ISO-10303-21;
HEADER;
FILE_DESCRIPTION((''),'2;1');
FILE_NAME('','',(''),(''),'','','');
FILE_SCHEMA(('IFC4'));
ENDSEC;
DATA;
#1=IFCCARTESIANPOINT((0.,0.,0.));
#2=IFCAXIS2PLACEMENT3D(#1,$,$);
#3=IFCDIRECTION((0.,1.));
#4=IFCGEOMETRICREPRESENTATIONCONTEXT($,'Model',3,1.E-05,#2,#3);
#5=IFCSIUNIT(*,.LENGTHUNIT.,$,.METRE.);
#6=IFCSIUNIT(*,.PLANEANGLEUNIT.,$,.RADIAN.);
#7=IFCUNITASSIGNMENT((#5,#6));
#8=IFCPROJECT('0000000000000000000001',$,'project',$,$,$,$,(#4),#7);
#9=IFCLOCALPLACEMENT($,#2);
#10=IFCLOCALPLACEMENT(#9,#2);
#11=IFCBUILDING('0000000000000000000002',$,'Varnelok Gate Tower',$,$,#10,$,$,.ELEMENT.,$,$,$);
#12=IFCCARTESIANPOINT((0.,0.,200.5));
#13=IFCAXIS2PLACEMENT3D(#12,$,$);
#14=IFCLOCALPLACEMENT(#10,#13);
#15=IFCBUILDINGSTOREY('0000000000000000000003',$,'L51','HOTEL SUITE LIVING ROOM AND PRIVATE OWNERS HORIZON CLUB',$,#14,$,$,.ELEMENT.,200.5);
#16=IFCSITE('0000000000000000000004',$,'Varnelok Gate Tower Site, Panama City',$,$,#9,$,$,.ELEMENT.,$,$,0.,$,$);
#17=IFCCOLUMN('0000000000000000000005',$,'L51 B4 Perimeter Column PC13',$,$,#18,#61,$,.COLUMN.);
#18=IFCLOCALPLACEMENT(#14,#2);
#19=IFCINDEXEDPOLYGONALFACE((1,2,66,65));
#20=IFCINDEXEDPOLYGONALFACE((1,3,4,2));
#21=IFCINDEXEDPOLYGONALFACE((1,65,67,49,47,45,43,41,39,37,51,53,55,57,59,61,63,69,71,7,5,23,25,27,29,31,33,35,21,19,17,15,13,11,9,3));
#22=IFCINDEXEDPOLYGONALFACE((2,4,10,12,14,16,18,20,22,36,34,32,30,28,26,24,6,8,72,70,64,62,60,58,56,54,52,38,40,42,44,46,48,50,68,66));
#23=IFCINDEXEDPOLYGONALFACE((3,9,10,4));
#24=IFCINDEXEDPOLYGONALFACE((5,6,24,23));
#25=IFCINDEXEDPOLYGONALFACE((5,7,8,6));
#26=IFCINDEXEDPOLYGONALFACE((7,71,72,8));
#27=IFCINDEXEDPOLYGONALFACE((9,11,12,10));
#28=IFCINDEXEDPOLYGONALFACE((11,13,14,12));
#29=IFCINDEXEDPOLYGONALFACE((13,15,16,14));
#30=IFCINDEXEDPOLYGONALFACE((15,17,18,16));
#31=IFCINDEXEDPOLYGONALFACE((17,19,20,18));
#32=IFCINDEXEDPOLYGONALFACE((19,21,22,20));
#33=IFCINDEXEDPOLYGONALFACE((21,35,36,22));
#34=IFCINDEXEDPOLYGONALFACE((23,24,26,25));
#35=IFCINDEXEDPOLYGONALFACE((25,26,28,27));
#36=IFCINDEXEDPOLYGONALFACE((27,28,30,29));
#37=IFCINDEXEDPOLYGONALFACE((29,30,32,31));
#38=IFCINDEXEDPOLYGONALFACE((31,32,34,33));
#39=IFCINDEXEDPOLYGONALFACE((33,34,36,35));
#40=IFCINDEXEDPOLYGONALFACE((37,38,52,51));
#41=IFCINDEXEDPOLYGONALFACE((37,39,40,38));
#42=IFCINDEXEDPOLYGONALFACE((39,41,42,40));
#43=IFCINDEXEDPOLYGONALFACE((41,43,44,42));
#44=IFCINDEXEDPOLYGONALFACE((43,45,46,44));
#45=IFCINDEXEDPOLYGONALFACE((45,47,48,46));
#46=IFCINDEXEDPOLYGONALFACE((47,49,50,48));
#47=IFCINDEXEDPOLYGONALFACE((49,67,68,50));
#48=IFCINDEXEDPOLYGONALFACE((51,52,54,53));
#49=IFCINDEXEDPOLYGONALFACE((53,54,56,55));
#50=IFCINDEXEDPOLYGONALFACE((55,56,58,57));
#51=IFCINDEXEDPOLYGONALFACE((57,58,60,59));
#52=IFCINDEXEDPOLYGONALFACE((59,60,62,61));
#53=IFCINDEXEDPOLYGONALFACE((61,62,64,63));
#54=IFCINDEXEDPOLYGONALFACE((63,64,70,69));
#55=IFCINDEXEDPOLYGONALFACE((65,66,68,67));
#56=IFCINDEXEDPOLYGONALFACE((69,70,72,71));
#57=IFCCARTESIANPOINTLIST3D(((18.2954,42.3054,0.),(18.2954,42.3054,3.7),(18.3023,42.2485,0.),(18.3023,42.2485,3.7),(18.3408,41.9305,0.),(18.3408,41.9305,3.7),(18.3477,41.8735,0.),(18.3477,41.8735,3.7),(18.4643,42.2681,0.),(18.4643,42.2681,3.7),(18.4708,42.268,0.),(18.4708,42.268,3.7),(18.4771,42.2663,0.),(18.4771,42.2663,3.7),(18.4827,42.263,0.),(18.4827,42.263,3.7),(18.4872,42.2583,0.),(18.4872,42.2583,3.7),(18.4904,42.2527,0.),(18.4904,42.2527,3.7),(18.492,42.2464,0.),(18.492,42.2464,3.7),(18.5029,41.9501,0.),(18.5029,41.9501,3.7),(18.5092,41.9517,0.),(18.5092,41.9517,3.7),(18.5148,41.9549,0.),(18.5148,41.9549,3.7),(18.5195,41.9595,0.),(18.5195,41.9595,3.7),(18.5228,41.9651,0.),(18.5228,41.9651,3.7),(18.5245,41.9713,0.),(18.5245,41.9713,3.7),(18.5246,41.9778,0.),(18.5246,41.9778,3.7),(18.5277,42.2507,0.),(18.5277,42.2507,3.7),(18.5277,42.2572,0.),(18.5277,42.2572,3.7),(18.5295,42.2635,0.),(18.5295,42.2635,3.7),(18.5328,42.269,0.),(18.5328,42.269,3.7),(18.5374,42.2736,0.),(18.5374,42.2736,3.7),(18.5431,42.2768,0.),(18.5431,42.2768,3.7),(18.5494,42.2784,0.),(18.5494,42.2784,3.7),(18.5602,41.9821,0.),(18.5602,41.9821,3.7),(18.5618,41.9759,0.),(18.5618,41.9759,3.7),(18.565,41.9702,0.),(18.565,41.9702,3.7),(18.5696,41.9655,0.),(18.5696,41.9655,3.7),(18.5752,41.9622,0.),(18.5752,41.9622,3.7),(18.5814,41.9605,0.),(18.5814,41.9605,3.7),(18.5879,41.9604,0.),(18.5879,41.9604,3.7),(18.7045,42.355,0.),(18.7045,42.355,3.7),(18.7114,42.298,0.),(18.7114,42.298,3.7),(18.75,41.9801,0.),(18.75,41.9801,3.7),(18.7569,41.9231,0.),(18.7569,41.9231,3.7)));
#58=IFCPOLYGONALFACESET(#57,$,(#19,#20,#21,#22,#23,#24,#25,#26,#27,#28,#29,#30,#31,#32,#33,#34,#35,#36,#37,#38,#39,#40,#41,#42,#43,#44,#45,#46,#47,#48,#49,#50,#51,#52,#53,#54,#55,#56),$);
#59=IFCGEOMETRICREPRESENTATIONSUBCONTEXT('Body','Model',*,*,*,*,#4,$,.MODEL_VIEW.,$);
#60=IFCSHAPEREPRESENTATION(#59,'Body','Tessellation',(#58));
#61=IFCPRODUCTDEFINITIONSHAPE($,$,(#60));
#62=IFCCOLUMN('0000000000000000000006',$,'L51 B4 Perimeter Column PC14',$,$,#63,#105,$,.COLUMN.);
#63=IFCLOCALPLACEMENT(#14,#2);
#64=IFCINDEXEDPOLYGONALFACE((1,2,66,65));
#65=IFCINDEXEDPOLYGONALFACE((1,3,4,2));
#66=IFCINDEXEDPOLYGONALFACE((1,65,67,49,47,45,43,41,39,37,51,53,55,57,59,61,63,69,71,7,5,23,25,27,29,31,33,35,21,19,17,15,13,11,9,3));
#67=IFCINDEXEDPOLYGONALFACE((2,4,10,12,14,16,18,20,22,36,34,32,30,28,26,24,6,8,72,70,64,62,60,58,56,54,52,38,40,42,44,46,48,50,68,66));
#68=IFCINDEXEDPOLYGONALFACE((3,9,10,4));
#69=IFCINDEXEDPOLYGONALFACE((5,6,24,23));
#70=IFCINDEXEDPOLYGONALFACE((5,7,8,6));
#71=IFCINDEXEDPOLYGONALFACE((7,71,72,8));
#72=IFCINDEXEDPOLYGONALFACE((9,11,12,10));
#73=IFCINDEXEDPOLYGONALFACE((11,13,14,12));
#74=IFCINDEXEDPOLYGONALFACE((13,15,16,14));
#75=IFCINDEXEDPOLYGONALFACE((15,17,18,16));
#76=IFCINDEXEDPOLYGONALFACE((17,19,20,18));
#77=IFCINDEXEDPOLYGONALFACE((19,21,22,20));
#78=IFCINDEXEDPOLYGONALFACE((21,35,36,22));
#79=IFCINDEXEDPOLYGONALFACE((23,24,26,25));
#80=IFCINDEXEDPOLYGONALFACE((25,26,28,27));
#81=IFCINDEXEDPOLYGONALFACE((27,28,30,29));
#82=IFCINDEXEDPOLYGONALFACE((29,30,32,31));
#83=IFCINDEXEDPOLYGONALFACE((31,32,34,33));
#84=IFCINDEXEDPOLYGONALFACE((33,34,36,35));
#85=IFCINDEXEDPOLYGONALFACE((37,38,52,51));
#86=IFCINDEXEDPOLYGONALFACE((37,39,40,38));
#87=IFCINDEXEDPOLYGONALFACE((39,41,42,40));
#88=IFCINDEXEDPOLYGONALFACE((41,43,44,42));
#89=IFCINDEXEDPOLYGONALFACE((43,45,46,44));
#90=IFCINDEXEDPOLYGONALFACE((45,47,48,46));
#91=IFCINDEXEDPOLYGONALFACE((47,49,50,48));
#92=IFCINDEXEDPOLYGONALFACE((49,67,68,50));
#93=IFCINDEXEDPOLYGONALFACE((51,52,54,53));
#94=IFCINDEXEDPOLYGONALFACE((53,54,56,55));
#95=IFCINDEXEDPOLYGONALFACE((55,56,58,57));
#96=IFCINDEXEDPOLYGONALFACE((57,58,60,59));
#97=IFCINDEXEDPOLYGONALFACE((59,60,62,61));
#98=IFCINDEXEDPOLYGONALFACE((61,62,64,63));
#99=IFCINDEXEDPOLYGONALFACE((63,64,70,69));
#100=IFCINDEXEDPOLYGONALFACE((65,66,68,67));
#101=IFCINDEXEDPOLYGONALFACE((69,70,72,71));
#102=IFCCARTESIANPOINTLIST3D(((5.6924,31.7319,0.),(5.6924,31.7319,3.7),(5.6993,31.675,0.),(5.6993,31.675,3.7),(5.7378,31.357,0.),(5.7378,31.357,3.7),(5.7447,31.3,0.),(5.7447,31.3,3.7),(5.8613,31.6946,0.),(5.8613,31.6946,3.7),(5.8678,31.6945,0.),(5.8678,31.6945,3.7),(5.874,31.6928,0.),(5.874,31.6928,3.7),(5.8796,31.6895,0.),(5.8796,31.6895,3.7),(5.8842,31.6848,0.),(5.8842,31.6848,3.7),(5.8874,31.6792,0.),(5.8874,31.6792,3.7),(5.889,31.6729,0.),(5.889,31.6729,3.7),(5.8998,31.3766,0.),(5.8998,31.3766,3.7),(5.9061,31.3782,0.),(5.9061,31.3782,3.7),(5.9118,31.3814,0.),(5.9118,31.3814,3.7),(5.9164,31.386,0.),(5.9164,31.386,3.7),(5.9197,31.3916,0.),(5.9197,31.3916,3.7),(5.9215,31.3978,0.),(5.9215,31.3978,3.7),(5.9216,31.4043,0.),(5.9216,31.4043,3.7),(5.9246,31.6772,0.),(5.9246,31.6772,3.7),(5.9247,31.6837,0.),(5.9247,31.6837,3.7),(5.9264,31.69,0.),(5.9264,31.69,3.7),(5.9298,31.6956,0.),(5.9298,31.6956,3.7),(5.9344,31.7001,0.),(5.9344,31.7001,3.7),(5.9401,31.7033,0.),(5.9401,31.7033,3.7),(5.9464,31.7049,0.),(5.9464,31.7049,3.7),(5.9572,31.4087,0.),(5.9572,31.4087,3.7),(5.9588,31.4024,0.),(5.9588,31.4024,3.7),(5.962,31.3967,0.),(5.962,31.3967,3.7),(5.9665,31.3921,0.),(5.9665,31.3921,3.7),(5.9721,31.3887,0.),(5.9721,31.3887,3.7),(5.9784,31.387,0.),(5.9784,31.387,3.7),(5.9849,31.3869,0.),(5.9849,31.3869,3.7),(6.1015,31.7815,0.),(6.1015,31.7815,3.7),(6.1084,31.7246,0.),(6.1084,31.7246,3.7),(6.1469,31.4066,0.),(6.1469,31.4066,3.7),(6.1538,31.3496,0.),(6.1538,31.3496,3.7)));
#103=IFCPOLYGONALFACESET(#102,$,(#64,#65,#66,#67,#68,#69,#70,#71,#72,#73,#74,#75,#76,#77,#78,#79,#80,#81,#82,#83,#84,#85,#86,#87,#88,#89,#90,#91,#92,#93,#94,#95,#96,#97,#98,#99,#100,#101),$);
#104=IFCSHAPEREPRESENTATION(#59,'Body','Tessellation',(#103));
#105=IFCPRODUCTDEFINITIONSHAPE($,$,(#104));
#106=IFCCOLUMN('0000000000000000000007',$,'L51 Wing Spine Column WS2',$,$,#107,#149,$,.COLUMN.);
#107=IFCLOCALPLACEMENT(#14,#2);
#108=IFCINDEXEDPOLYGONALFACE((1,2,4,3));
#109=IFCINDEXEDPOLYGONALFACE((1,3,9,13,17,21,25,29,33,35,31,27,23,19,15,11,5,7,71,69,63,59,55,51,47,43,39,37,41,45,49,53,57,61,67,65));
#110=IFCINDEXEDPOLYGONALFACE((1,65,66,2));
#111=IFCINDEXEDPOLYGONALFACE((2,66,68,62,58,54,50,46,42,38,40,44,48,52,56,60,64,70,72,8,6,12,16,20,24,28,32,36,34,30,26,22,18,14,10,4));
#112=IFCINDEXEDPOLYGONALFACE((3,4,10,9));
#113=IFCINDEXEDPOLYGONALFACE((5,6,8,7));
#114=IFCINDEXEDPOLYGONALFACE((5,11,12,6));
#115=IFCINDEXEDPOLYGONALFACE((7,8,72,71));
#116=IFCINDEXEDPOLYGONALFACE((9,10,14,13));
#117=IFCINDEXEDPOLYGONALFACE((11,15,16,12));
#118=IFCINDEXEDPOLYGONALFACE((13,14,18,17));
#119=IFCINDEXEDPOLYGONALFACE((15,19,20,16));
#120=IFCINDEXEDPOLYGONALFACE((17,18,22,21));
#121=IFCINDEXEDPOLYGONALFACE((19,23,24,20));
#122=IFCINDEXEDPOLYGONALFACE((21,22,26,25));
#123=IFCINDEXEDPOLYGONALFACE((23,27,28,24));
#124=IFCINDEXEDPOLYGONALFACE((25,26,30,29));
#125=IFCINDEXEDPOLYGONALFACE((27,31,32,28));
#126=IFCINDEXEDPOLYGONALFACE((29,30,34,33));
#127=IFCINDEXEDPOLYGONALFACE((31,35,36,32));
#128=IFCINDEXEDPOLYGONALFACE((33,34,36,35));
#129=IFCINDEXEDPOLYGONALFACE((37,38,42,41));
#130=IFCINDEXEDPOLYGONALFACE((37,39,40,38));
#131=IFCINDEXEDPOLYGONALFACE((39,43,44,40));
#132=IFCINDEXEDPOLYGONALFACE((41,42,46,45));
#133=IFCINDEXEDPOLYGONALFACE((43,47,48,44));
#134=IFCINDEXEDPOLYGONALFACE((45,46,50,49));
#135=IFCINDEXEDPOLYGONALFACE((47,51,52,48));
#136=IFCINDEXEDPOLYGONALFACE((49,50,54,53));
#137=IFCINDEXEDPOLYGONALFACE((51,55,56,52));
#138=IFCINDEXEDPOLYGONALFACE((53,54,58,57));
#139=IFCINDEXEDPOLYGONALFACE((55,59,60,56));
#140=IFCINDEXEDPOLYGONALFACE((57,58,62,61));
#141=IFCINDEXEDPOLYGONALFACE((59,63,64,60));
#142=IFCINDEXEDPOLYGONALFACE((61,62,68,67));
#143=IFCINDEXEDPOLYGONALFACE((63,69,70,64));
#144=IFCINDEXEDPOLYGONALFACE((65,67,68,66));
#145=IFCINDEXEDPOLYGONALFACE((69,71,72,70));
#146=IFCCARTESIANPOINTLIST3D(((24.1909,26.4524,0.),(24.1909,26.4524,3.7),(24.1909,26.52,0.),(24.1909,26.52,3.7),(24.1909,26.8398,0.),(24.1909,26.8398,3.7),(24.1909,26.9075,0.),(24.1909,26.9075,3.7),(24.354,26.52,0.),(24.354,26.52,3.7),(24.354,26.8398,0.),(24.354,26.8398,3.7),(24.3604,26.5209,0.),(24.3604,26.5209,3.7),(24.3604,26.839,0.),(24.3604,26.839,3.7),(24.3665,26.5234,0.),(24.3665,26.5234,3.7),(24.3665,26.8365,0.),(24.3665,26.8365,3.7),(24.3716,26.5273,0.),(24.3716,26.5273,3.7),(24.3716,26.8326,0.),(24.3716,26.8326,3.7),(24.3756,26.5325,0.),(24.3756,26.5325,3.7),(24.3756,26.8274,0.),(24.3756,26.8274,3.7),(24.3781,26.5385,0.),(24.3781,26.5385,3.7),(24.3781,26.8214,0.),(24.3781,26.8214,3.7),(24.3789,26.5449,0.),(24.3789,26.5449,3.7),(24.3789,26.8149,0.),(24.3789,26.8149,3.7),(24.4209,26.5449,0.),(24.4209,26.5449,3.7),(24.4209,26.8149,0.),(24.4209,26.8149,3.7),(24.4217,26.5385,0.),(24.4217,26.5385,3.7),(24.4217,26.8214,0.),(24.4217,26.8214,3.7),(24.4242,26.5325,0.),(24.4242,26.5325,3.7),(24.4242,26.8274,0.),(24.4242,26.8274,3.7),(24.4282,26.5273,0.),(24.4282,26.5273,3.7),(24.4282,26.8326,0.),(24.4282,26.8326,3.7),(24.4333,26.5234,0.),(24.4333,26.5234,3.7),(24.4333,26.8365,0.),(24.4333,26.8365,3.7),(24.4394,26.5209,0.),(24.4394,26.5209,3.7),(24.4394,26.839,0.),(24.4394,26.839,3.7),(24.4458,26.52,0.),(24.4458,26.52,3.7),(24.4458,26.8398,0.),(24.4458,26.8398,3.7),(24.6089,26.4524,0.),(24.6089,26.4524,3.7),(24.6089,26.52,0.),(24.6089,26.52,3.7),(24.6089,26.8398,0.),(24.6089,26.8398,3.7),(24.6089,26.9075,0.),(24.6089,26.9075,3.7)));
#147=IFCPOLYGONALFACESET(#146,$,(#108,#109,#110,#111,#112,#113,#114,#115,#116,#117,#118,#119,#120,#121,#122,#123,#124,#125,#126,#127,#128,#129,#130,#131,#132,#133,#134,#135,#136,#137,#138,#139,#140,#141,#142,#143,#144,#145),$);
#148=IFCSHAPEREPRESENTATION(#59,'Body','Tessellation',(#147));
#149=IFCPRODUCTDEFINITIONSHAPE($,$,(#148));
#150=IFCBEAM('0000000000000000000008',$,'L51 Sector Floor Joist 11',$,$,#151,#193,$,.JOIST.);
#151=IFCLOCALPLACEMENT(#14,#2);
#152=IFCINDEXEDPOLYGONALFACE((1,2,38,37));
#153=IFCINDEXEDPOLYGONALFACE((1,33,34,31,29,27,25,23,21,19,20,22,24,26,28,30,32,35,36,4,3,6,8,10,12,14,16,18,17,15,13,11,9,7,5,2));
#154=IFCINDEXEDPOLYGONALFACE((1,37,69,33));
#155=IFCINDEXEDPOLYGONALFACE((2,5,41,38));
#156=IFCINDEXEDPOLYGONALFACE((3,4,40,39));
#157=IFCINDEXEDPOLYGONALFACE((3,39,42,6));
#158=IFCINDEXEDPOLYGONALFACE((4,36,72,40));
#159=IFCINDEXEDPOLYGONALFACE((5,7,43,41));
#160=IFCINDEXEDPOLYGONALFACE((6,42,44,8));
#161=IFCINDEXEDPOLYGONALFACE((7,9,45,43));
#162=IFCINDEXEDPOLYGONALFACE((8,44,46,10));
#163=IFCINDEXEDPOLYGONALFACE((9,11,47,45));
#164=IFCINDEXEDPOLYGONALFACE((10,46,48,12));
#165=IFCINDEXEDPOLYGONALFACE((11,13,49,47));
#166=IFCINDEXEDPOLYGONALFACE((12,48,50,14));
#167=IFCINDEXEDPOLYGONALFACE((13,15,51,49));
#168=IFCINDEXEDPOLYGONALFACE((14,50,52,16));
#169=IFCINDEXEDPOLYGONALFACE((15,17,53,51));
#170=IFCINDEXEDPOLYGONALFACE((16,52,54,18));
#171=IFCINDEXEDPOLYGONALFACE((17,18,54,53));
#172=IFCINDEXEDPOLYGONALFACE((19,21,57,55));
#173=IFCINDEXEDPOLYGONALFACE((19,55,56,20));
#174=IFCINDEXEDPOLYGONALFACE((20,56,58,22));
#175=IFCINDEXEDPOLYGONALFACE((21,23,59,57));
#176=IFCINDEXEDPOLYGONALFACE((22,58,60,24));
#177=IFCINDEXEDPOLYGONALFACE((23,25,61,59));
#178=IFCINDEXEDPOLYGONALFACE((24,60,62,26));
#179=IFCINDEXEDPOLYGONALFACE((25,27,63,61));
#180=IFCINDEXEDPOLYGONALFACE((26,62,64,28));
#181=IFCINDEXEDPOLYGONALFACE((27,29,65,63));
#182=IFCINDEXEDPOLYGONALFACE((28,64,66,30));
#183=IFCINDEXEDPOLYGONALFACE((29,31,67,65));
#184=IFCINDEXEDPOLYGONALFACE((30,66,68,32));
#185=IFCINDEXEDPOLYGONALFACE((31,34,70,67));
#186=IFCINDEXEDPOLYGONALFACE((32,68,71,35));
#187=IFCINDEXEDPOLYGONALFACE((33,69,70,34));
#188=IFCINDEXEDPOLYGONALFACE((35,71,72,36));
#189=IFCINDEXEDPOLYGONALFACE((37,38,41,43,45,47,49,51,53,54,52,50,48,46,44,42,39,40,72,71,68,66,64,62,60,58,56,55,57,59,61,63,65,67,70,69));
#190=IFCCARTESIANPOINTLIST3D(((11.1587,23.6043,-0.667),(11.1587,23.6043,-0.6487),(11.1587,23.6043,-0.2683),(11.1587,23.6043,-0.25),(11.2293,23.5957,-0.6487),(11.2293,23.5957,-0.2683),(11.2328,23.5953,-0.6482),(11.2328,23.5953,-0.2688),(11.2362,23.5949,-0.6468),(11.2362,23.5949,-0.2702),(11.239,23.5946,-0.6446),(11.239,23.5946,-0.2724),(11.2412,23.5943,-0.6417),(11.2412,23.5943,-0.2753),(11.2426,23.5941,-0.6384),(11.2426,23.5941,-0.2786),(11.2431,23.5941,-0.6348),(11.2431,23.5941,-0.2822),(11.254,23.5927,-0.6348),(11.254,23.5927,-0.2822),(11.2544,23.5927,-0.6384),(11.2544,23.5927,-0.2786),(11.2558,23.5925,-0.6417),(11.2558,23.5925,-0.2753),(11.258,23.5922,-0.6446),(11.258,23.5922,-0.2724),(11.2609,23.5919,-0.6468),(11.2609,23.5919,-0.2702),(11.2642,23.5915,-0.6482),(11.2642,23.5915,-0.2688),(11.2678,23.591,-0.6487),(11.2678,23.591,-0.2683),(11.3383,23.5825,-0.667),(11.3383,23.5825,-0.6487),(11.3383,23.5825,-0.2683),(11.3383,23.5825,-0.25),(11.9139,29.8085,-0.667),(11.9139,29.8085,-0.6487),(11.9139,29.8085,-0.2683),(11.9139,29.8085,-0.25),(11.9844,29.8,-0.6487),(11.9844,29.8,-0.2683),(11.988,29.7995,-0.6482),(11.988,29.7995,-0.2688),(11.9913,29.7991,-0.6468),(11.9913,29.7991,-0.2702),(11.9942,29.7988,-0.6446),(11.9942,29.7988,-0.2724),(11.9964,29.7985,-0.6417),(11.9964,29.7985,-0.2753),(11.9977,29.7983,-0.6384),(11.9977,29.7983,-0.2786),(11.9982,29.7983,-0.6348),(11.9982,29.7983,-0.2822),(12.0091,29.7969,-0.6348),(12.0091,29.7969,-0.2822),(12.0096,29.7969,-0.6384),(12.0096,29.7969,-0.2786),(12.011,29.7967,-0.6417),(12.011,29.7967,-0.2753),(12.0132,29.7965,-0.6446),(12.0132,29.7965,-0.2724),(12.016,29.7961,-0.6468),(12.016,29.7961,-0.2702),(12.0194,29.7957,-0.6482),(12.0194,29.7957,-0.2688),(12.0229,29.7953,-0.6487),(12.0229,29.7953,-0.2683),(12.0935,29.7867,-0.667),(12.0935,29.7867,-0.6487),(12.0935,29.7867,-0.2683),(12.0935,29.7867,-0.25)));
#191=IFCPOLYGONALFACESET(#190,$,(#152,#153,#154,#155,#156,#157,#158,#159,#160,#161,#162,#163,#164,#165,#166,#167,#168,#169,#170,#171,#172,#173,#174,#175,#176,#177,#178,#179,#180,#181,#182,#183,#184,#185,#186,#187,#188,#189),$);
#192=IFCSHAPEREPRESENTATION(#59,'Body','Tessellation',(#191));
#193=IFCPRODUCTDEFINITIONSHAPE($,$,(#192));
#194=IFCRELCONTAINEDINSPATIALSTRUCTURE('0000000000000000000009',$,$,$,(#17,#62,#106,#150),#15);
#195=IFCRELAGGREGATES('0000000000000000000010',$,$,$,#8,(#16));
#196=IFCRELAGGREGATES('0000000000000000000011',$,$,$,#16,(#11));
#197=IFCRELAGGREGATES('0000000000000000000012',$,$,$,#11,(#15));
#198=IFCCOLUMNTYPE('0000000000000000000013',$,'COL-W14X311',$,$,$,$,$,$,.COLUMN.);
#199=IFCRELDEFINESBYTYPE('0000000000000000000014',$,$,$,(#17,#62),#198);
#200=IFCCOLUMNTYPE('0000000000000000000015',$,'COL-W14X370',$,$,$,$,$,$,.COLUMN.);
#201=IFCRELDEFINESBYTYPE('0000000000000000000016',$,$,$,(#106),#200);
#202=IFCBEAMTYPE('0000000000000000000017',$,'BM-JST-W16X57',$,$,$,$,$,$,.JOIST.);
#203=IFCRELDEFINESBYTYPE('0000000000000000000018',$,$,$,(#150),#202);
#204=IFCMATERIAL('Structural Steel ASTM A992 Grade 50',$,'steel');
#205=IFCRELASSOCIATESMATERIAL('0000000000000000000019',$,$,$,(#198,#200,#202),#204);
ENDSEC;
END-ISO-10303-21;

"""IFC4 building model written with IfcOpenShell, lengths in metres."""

from ifc_helpers import new_model, si_unit, direction, frame, origin, origin_2d, place, context, subcontext, project, spatial, i_section, extrude, material, material_profile, profile_set, type_object, element, save


model = new_model("IFC4")

# Units and contexts
model_context = context("Model", 3, precision=1e-05, world=origin(), true_north=direction((0.0, 1.0)))
body_context = subcontext(model_context, "Body", "Model", "MODEL_VIEW")
ifc_project = project(units=[si_unit("LENGTHUNIT", "METRE"), si_unit("PLANEANGLEUNIT", "RADIAN")], contexts=[model_context])

# Site, building, storey
site_placement = place(None, origin())
site = spatial("IfcSite", under=ifc_project, at=site_placement, Name="Varnelok Gate Tower Site, Panama City", CompositionType="ELEMENT", RefElevation=0.0)
building_placement = place(site_placement, origin())
building = spatial("IfcBuilding", under=site, at=building_placement, Name="Varnelok Gate Tower", CompositionType="ELEMENT")
storey_placement = place(building_placement, frame((0.0, 0.0, 200.5)))
storey = spatial("IfcBuildingStorey", under=building, at=storey_placement, Name="L51", Description="HOTEL SUITE LIVING ROOM AND PRIVATE OWNERS HORIZON CLUB", CompositionType="ELEMENT", Elevation=200.5)

# Columns
ifc_material_1 = material(Name="Structural Steel ASTM A992 Grade 50", Category="steel")
ifc_material_profile_1 = material_profile(ifc_material_1, i_section(OverallWidth=0.4121, OverallDepth=0.4351, WebThickness=0.0359, FlangeThickness=0.0574, FilletRadius=0.0249, at=origin_2d()), Name="W14X311")
ifc_profile_set_1 = profile_set([ifc_material_profile_1], Name="Structural Steel ASTM A992 Grade 50")
column_type_1 = type_object("IfcColumnType", Name="COL-W14X311", PredefinedType="COLUMN", material=ifc_profile_set_1)
for number, where, z_axis, x_axis, name in (
    (1, (18.5261, 42.1143, 0.0), (0.0, 0.0, 1.0), (0.992732, 0.120345, 0.0), "L51 B4 Perimeter Column PC13"),
    (2, (5.9231, 31.5408, 0.0), (0.0, 0.0, 1.0), (0.992732, 0.120345, 0.0), "L51 B4 Perimeter Column PC14"),
):
    element("IfcColumn", number, at=place(storey_placement, frame(where, z_axis=z_axis, x_axis=x_axis)), inside=storey, type_object=column_type_1, Name=name, PredefinedType="COLUMN", context=body_context, shape_type="SweptSolid", body=[
        extrude(i_section(OverallWidth=0.4121, OverallDepth=0.4351, WebThickness=0.0359, FlangeThickness=0.0574, FilletRadius=0.0249, at=origin_2d()), origin(), (0.0, 0.0, 1.0), 3.7),
    ])
ifc_material_profile_2 = material_profile(ifc_material_1, i_section(OverallWidth=0.418, OverallDepth=0.4551, WebThickness=0.042, FlangeThickness=0.0676, FilletRadius=0.0249, at=origin_2d()), Name="W14X370")
ifc_profile_set_2 = profile_set([ifc_material_profile_2], Name="Structural Steel ASTM A992 Grade 50")
column_type_2 = type_object("IfcColumnType", Name="COL-W14X370", PredefinedType="COLUMN", material=ifc_profile_set_2)
column_placement = place(storey_placement, frame((24.3999, 26.6799, 0.0), z_axis=(0.0, 0.0, 1.0), x_axis=(1.0, 0.0, 0.0)))
element("IfcColumn", 3, at=column_placement, inside=storey, type_object=column_type_2, Name="L51 Wing Spine Column WS2", PredefinedType="COLUMN", context=body_context, shape_type="SweptSolid", body=[
    extrude(i_section(OverallWidth=0.418, OverallDepth=0.4551, WebThickness=0.042, FlangeThickness=0.0676, FilletRadius=0.0249, at=origin_2d()), origin(), (0.0, 0.0, 1.0), 3.7),
])

# Beam
ifc_material_profile_3 = material_profile(ifc_material_1, i_section(OverallWidth=0.1809, OverallDepth=0.417, WebThickness=0.011, FlangeThickness=0.0183, FilletRadius=0.0139, at=origin_2d()), Name="W16X57")
ifc_profile_set_3 = profile_set([ifc_material_profile_3], Name="Structural Steel ASTM A992 Grade 50")
beam_type_1 = type_object("IfcBeamType", Name="BM-JST-W16X57", PredefinedType="JOIST", material=ifc_profile_set_3)
beam_1_placement = place(storey_placement, frame((12.0037, 29.7976, -0.4585), z_axis=(-0.120822, -0.992674, 0.0), x_axis=(0.992674, -0.120822, 0.0)))
element("IfcBeam", 4, at=beam_1_placement, inside=storey, type_object=beam_type_1, Name="L51 Sector Floor Joist 11", PredefinedType="JOIST", context=body_context, shape_type="SweptSolid", body=[
    extrude(i_section(OverallWidth=0.1809, OverallDepth=0.417, WebThickness=0.011, FlangeThickness=0.0183, FilletRadius=0.0139, at=origin_2d()), origin(), (0.0, 0.0, 1.0), 6.25),
])

save(model, "model.ifc")
